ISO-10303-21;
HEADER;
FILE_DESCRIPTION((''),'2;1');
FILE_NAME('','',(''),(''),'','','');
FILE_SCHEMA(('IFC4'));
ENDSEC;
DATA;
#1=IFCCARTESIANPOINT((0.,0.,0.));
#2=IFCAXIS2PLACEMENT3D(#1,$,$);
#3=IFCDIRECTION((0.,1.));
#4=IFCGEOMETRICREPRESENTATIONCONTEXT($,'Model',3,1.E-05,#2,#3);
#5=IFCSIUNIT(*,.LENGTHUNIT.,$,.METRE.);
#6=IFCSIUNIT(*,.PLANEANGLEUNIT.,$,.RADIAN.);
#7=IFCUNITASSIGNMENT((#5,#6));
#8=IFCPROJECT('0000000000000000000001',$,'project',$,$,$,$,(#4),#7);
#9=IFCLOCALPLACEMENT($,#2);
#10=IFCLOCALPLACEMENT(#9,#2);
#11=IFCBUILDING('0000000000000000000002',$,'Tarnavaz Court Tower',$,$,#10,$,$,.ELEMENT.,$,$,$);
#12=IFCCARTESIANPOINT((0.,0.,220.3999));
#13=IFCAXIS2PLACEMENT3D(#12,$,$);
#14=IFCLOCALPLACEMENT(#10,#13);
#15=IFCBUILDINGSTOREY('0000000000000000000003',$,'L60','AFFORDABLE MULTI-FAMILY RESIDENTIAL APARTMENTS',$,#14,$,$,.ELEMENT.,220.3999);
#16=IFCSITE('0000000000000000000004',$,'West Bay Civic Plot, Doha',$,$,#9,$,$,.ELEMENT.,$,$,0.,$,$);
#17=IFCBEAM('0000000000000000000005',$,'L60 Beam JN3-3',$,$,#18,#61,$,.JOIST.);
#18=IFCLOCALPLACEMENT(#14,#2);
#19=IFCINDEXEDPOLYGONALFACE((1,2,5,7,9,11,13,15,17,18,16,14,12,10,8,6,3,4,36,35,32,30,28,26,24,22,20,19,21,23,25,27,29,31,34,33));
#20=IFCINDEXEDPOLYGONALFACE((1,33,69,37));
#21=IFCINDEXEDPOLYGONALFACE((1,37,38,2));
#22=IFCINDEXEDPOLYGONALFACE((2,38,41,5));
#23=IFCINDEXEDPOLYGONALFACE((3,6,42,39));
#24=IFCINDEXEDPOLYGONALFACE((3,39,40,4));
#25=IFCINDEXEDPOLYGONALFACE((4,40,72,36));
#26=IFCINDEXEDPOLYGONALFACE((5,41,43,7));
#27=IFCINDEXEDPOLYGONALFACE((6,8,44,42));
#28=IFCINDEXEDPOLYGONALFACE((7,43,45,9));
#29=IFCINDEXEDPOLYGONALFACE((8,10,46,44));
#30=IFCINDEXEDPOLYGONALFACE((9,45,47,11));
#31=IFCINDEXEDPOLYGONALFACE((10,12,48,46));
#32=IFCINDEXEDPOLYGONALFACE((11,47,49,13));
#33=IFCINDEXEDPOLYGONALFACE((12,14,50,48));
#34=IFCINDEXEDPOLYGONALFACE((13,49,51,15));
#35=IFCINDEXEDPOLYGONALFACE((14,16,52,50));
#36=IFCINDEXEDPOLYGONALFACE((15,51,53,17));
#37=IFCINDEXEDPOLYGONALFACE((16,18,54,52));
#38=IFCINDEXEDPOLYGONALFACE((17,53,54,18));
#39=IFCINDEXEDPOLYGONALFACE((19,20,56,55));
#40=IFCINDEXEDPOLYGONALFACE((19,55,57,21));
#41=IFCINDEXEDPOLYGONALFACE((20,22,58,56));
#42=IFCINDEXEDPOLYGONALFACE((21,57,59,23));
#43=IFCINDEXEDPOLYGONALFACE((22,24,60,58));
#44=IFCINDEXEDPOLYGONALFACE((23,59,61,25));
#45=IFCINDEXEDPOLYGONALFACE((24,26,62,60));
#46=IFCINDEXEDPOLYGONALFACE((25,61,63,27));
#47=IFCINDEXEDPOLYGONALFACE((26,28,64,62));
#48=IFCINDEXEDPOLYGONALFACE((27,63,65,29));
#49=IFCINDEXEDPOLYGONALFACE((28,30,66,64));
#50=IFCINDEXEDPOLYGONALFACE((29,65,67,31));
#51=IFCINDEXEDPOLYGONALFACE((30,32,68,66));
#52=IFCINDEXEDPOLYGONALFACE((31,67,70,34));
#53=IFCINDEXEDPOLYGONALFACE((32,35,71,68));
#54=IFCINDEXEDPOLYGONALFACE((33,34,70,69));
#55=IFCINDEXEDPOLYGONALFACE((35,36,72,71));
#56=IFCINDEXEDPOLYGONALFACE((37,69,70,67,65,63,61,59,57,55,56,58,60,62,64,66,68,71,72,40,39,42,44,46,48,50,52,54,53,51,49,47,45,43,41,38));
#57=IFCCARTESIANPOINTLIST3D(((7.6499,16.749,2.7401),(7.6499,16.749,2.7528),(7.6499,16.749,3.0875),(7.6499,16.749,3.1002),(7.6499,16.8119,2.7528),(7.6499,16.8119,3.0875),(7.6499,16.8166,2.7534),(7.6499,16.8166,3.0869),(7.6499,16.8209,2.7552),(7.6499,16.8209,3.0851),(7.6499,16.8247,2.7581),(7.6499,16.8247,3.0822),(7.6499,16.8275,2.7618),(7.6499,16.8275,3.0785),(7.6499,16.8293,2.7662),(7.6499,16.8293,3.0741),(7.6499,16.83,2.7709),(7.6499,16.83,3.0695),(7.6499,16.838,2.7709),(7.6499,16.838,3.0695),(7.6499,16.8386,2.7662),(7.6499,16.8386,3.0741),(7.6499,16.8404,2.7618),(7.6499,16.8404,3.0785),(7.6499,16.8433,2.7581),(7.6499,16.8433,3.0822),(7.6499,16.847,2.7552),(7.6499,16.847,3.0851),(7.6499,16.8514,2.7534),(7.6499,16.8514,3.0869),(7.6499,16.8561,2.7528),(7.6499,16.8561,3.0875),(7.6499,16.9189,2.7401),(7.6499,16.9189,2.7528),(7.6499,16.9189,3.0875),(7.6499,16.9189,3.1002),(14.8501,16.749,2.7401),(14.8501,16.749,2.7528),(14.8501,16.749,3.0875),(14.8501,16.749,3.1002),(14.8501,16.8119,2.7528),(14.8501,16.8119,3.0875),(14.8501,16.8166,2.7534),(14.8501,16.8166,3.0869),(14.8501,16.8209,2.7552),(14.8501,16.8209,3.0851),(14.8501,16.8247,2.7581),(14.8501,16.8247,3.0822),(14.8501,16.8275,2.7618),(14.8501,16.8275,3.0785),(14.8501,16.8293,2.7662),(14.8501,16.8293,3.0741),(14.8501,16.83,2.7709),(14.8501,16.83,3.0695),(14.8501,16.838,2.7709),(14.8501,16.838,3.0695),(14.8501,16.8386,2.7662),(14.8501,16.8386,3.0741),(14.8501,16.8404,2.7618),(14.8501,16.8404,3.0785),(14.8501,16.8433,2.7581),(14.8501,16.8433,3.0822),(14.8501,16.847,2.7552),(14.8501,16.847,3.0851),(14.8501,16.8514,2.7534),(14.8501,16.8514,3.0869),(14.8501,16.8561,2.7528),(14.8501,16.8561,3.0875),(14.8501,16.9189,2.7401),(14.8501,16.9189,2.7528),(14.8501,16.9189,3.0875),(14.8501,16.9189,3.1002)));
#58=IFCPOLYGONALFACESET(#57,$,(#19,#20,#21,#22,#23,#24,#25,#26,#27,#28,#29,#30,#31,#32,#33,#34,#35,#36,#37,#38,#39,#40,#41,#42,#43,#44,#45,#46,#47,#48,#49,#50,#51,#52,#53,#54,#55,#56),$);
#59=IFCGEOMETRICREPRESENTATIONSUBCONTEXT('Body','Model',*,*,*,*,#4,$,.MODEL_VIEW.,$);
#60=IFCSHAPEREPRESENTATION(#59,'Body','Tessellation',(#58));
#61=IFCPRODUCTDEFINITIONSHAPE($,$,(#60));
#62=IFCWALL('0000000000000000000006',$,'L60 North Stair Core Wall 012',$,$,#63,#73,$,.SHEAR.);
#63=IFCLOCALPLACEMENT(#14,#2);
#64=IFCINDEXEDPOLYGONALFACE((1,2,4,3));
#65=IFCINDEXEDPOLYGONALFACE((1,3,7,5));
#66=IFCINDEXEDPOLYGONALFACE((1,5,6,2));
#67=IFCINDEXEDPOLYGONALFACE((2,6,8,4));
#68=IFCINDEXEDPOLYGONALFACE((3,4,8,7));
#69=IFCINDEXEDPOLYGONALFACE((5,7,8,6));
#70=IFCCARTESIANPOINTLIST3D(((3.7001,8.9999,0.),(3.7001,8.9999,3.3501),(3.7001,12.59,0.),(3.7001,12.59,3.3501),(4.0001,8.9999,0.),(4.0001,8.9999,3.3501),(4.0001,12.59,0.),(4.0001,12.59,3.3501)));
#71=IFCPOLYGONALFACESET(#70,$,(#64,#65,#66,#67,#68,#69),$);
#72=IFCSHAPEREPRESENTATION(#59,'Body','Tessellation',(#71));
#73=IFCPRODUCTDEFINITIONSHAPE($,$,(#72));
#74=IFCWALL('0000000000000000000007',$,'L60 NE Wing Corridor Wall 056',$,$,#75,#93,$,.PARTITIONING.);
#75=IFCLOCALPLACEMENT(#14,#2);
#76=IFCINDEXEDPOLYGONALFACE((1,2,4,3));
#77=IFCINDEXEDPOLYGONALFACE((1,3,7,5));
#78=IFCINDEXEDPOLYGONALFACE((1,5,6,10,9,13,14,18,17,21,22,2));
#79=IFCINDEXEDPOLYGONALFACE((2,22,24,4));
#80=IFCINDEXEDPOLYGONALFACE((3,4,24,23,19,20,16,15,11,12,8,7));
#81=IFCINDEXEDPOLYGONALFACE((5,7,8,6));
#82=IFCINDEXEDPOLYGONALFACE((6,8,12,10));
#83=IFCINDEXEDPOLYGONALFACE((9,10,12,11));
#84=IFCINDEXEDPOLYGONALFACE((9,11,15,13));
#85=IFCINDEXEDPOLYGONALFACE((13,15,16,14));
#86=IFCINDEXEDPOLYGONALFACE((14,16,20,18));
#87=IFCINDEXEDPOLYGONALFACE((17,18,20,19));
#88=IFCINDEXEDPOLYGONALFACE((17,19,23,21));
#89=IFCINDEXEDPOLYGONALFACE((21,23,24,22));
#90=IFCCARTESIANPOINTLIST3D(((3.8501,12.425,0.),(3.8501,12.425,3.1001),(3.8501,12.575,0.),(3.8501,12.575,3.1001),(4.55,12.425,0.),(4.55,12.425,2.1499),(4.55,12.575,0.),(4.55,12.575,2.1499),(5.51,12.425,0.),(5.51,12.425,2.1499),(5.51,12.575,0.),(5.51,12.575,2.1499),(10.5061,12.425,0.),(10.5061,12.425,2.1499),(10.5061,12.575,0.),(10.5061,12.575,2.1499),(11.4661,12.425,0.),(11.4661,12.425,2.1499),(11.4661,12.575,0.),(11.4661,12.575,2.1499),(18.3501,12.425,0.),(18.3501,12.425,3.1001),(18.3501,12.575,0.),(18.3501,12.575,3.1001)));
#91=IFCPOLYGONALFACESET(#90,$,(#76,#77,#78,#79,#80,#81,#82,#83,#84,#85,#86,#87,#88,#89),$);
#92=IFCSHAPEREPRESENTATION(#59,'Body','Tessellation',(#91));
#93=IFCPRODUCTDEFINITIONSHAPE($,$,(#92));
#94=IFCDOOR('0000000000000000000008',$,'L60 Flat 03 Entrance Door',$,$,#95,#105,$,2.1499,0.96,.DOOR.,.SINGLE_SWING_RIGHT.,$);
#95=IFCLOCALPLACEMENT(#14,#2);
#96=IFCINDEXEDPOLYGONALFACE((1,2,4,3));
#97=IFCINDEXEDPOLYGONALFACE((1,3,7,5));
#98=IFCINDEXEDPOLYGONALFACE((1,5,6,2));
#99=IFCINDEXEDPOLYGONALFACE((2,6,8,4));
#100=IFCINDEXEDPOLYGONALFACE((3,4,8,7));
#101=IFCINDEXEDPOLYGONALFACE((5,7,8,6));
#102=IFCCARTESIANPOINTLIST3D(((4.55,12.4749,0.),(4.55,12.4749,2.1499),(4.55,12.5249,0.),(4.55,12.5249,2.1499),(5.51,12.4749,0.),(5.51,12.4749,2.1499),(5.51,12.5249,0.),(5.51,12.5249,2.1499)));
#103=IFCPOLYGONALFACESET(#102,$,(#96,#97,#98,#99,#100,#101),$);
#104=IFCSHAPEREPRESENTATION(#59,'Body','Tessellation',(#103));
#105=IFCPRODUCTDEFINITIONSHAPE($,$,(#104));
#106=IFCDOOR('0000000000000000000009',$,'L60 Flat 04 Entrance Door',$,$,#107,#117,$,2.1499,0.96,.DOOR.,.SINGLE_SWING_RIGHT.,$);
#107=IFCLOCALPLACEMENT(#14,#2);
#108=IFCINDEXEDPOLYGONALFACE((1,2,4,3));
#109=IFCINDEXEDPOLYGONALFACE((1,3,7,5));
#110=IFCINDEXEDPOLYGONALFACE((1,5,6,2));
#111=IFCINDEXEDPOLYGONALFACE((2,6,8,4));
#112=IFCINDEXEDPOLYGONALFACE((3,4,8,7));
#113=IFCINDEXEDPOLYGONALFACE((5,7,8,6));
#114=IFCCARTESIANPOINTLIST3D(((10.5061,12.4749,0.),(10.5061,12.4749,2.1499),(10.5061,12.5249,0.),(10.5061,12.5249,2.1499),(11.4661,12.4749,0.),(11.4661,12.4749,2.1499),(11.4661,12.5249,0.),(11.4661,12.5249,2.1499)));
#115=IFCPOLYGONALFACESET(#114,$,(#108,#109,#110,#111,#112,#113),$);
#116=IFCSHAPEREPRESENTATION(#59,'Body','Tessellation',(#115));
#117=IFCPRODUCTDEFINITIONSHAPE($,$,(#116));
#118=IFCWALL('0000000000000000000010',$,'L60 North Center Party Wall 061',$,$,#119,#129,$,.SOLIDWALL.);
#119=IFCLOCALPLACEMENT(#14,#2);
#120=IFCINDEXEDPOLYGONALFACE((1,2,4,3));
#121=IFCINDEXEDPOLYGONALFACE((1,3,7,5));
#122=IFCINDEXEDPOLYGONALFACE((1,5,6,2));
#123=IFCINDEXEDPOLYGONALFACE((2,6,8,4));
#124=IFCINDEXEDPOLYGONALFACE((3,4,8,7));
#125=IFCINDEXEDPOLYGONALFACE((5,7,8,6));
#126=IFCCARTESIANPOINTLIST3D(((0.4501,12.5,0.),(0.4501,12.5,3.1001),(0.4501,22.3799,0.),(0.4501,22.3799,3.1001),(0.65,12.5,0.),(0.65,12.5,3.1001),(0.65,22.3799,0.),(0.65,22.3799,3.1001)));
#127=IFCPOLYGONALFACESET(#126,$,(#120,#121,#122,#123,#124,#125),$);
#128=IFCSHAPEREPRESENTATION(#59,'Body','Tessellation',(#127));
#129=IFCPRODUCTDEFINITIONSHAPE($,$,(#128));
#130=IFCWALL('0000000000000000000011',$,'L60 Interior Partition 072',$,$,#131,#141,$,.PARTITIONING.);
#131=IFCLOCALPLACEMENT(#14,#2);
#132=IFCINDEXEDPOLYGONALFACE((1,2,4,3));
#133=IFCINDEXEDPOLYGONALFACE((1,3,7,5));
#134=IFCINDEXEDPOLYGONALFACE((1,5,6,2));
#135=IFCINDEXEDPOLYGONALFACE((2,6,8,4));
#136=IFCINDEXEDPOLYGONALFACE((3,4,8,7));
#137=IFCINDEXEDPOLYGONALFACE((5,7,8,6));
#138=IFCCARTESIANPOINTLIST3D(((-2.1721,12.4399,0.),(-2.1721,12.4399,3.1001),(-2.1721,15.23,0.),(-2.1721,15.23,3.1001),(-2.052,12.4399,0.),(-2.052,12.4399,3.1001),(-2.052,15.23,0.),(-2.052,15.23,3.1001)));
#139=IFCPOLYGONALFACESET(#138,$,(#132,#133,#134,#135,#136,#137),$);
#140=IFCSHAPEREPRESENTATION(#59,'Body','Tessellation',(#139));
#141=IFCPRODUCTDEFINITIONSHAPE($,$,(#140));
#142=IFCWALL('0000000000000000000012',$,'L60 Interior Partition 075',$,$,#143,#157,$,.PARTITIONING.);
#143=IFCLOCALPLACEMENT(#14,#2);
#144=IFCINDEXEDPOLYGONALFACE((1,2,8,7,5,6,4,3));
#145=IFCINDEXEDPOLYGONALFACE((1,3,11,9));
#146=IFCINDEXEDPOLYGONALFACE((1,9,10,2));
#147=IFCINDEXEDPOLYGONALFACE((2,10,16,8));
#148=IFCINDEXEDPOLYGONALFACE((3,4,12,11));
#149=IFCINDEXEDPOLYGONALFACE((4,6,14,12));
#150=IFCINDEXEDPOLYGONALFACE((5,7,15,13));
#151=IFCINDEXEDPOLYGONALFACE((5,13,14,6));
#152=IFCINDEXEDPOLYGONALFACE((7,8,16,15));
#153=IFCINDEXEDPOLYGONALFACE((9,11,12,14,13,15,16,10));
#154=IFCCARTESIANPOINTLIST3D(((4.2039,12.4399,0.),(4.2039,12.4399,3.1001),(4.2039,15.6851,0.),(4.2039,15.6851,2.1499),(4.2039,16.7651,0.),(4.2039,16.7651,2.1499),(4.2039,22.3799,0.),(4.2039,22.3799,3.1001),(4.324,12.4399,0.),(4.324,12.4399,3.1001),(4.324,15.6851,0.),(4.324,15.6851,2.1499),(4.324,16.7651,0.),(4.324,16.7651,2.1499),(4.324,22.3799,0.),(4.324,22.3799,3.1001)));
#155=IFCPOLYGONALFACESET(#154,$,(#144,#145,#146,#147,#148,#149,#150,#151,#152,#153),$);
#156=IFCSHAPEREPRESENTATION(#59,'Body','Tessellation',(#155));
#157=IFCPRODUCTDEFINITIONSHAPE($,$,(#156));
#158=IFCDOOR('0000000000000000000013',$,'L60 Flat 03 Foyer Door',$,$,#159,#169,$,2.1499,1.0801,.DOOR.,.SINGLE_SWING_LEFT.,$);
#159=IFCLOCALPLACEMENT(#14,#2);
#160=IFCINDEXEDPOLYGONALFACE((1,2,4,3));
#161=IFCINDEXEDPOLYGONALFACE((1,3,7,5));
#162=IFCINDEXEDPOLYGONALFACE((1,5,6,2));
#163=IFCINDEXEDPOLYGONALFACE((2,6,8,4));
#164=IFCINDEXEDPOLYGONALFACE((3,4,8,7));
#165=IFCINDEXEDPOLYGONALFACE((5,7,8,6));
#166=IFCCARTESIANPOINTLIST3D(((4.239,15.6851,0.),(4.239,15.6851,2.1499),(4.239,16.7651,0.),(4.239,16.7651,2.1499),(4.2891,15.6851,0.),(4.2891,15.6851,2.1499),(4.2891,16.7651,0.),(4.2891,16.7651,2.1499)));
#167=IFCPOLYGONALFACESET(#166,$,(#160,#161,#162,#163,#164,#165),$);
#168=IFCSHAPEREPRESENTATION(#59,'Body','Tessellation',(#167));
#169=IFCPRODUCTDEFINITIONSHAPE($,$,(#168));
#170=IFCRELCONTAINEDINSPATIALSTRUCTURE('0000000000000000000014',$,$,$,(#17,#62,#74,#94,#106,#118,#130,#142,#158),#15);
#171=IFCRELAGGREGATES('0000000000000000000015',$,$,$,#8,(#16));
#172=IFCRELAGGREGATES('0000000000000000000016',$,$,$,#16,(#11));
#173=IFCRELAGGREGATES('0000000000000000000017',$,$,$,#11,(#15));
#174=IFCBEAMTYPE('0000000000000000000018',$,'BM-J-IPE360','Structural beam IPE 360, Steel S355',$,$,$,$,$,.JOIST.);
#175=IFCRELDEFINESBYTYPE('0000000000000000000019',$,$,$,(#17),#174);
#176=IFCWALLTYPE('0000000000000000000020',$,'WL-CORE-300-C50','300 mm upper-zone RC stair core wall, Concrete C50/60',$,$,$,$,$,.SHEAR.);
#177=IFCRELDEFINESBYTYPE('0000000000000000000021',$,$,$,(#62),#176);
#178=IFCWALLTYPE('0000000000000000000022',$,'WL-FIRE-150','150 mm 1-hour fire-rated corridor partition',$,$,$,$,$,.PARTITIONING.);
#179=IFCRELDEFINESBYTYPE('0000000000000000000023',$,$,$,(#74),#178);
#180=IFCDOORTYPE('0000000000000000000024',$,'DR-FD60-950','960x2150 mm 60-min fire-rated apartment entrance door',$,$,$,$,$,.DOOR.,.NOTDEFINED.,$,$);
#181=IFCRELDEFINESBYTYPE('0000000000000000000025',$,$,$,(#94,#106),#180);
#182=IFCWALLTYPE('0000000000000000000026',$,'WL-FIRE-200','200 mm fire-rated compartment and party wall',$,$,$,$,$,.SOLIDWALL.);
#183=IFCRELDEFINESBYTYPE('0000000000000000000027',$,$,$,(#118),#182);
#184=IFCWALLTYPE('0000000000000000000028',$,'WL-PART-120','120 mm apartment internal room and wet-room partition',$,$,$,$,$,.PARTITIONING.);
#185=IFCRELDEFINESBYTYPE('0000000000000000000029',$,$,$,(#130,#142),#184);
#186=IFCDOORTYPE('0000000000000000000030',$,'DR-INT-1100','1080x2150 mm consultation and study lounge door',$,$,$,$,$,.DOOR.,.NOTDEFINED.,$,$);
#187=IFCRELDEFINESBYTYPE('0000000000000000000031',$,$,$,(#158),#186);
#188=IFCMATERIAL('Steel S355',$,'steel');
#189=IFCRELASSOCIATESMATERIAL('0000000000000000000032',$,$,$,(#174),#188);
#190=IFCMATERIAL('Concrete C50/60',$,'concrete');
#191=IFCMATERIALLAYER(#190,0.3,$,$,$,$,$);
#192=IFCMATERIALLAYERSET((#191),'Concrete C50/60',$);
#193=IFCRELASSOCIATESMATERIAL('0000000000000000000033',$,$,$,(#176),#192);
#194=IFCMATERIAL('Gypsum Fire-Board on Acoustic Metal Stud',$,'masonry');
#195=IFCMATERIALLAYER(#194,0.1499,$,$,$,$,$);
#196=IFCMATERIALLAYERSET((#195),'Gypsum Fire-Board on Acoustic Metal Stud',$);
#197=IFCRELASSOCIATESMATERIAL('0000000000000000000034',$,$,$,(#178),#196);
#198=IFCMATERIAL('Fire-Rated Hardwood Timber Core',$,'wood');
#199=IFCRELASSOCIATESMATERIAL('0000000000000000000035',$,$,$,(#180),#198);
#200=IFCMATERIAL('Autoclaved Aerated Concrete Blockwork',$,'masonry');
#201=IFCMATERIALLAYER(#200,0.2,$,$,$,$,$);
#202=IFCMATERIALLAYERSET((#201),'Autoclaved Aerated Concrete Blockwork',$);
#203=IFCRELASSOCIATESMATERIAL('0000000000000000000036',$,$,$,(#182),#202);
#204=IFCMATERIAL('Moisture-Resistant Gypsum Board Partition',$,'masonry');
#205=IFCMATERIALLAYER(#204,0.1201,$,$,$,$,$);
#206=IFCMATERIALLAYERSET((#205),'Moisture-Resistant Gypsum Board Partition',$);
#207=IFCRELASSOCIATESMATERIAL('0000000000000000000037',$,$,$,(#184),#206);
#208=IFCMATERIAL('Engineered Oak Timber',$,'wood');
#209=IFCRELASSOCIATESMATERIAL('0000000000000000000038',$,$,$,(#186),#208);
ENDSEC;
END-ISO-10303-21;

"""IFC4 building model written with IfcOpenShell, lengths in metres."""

from ifc_helpers import new_model, si_unit, direction, frame, frame_2d, origin, origin_2d, place, context, subcontext, project, spatial, rectangle, i_section, extrude, material, layer, layer_set, material_profile, profile_set, type_object, element, fill, save


model = new_model("IFC4")

# Units and contexts
model_context = context("Model", 3, precision=1e-05, world=origin(), true_north=direction((0.0, 1.0)))
body_context = subcontext(model_context, "Body", "Model", "MODEL_VIEW")
ifc_project = project(units=[si_unit("LENGTHUNIT", "METRE"), si_unit("PLANEANGLEUNIT", "RADIAN")], contexts=[model_context])

# Site, building, storey
site_placement = place(None, origin())
site = spatial("IfcSite", under=ifc_project, at=site_placement, Name="West Bay Civic Plot, Doha", CompositionType="ELEMENT", RefElevation=0.0)
building_placement = place(site_placement, origin())
building = spatial("IfcBuilding", under=site, at=building_placement, Name="Tarnavaz Court Tower", CompositionType="ELEMENT")
storey_placement = place(building_placement, frame((0.0, 0.0, 220.3999)))
storey = spatial("IfcBuildingStorey", under=building, at=storey_placement, Name="L60", Description="AFFORDABLE MULTI-FAMILY RESIDENTIAL APARTMENTS", CompositionType="ELEMENT", Elevation=220.3999)

# Shared definitions
ifc_material_1 = material(Name="Concrete C50/60", Category="concrete")

# Beam
ifc_material_2 = material(Name="Steel S355", Category="steel")
ifc_material_profile_1 = material_profile(ifc_material_2, i_section(OverallWidth=0.1699, OverallDepth=0.3601, WebThickness=0.0081, FlangeThickness=0.0127, FilletRadius=0.0181, at=origin_2d()), Name="IPE 360")
ifc_profile_set_1 = profile_set([ifc_material_profile_1], Name="Steel S355")
beam_type_1 = type_object("IfcBeamType", Name="BM-J-IPE360", Description="Structural beam IPE 360, Steel S355", PredefinedType="JOIST", material=ifc_profile_set_1)
for number, where, z_axis, x_axis, name in (
    (1, (7.6499, 16.834, 2.9202), (1.0, 0.0, 0.0), (0.0, 1.0, 0.0), "L60 Beam JN3-3"),
):
    element("IfcBeam", number, at=place(storey_placement, frame(where, z_axis=z_axis, x_axis=x_axis)), inside=storey, type_object=beam_type_1, Name=name, PredefinedType="JOIST", context=body_context, shape_type="SweptSolid", body=[
        extrude(i_section(OverallWidth=0.1699, OverallDepth=0.3601, WebThickness=0.0081, FlangeThickness=0.0127, FilletRadius=0.0181, at=origin_2d()), origin(), (0.0, 0.0, 1.0), 7.2002),
    ])

# Wall
ifc_layer_1 = layer(ifc_material_1, 0.3)
ifc_layer_set_1 = layer_set([ifc_layer_1], Name="Concrete C50/60")
wall_type_1 = type_object("IfcWallType", Name="WL-CORE-300-C50", Description="300 mm upper-zone RC stair core wall, Concrete C50/60", PredefinedType="SHEAR", material=ifc_layer_set_1)
wall_1_placement = place(storey_placement, frame((3.8501, 9.0, 0.0), z_axis=(0.0, 0.0, 1.0), x_axis=(0.0, 1.0, 0.0)))
element("IfcWall", 2, at=wall_1_placement, inside=storey, type_object=wall_type_1, Name="L60 North Stair Core Wall 012", PredefinedType="SHEAR", context=body_context, shape_type="SweptSolid", body=[
    extrude(rectangle(XDim=3.5901, YDim=0.3, at=frame_2d((1.7949, 0.0))), origin(), (0.0, 0.0, 1.0), 3.3501),
])

# Wall, openings, doors
ifc_material_3 = material(Name="Gypsum Fire-Board on Acoustic Metal Stud", Category="masonry")
ifc_layer_2 = layer(ifc_material_3, 0.1499)
ifc_layer_set_2 = layer_set([ifc_layer_2], Name="Gypsum Fire-Board on Acoustic Metal Stud")
wall_type_2 = type_object("IfcWallType", Name="WL-FIRE-150", Description="150 mm 1-hour fire-rated corridor partition", PredefinedType="PARTITIONING", material=ifc_layer_set_2)
wall_2_placement = place(storey_placement, frame((3.8501, 12.5, 0.0), z_axis=(0.0, 0.0, 1.0), x_axis=(1.0, 0.0, 0.0)))
wall_2 = element("IfcWall", 3, at=wall_2_placement, inside=storey, type_object=wall_type_2, Name="L60 NE Wing Corridor Wall 056", PredefinedType="PARTITIONING", context=body_context, shape_type="SweptSolid", body=[
    extrude(rectangle(XDim=14.5, YDim=0.1499, at=frame_2d((7.25, 0.0))), origin(), (0.0, 0.0, 1.0), 3.1001),
])
opening_1_placement = place(wall_2_placement, frame((0.7, 0.0, 0.0)))
opening_1 = element("IfcOpeningElement", 4, at=opening_1_placement, cuts=wall_2, PredefinedType="OPENING", context=body_context, shape_type="SweptSolid", body=[
    extrude(rectangle(XDim=0.96, YDim=2.1499, at=frame_2d((0.48, 1.075))), frame((0.0, 0.085, 0.0), z_axis=(0.0, -1.0, 0.0), x_axis=(1.0, 0.0, 0.0)), (0.0, 0.0, 1.0), 0.1699),
])
opening_2_placement = place(wall_2_placement, frame((6.656, 0.0, 0.0)))
opening_2 = element("IfcOpeningElement", 5, at=opening_2_placement, cuts=wall_2, PredefinedType="OPENING", context=body_context, shape_type="SweptSolid", body=[
    extrude(rectangle(XDim=0.96, YDim=2.1499, at=frame_2d((0.48, 1.075))), frame((0.0, 0.085, 0.0), z_axis=(0.0, -1.0, 0.0), x_axis=(1.0, 0.0, 0.0)), (0.0, 0.0, 1.0), 0.1699),
])
ifc_material_4 = material(Name="Fire-Rated Hardwood Timber Core", Category="wood")
door_type_1 = type_object("IfcDoorType", Name="DR-FD60-950", Description="960x2150 mm 60-min fire-rated apartment entrance door", OperationType="NOTDEFINED", PredefinedType="DOOR", material=ifc_material_4)
door_1_placement = place(opening_1_placement, origin())
door_1 = element("IfcDoor", 6, at=door_1_placement, inside=storey, type_object=door_type_1, Name="L60 Flat 03 Entrance Door", OperationType="SINGLE_SWING_RIGHT", OverallHeight=2.1499, OverallWidth=0.96, PredefinedType="DOOR", context=body_context, shape_type="SweptSolid", body=[
    extrude(rectangle(XDim=0.96, YDim=2.1499, at=frame_2d((0.48, 1.075))), frame((0.0, 0.0249, 0.0), z_axis=(0.0, -1.0, 0.0), x_axis=(1.0, 0.0, 0.0)), (0.0, 0.0, 1.0), 0.05),
])
fill(opening_1, door_1)
door_2_placement = place(opening_2_placement, origin())
door_2 = element("IfcDoor", 7, at=door_2_placement, inside=storey, type_object=door_type_1, Name="L60 Flat 04 Entrance Door", OperationType="SINGLE_SWING_RIGHT", OverallHeight=2.1499, OverallWidth=0.96, PredefinedType="DOOR", context=body_context, shape_type="SweptSolid", body=[
    extrude(rectangle(XDim=0.96, YDim=2.1499, at=frame_2d((0.48, 1.075))), frame((0.0, 0.0249, 0.0), z_axis=(0.0, -1.0, 0.0), x_axis=(1.0, 0.0, 0.0)), (0.0, 0.0, 1.0), 0.05),
])
fill(opening_2, door_2)

# Walls
ifc_material_5 = material(Name="Autoclaved Aerated Concrete Blockwork", Category="masonry")
ifc_layer_3 = layer(ifc_material_5, 0.2)
ifc_layer_set_3 = layer_set([ifc_layer_3], Name="Autoclaved Aerated Concrete Blockwork")
wall_type_3 = type_object("IfcWallType", Name="WL-FIRE-200", Description="200 mm fire-rated compartment and party wall", PredefinedType="SOLIDWALL", material=ifc_layer_set_3)
wall_3_placement = place(storey_placement, frame((0.55, 12.5, 0.0), z_axis=(0.0, 0.0, 1.0), x_axis=(0.0, 1.0, 0.0)))
element("IfcWall", 8, at=wall_3_placement, inside=storey, type_object=wall_type_3, Name="L60 North Center Party Wall 061", PredefinedType="SOLIDWALL", context=body_context, shape_type="SweptSolid", body=[
    extrude(rectangle(XDim=9.8799, YDim=0.2, at=frame_2d((4.9399, 0.0))), origin(), (0.0, 0.0, 1.0), 3.1001),
])
ifc_material_6 = material(Name="Moisture-Resistant Gypsum Board Partition", Category="masonry")
ifc_layer_4 = layer(ifc_material_6, 0.1201)
ifc_layer_set_4 = layer_set([ifc_layer_4], Name="Moisture-Resistant Gypsum Board Partition")
wall_type_4 = type_object("IfcWallType", Name="WL-PART-120", Description="120 mm apartment internal room and wet-room partition", PredefinedType="PARTITIONING", material=ifc_layer_set_4)
wall_4_placement = place(storey_placement, frame((-2.1121, 12.4399, 0.0), z_axis=(0.0, 0.0, 1.0), x_axis=(0.0, 1.0, 0.0)))
element("IfcWall", 9, at=wall_4_placement, inside=storey, type_object=wall_type_4, Name="L60 Interior Partition 072", PredefinedType="PARTITIONING", context=body_context, shape_type="SweptSolid", body=[
    extrude(rectangle(XDim=2.79, YDim=0.1201, at=frame_2d((1.395, 0.0))), origin(), (0.0, 0.0, 1.0), 3.1001),
])

# Wall, opening, door
wall_5_placement = place(storey_placement, frame((4.2639, 12.4399, 0.0), z_axis=(0.0, 0.0, 1.0), x_axis=(0.0, 1.0, 0.0)))
wall_5 = element("IfcWall", 10, at=wall_5_placement, inside=storey, type_object=wall_type_4, Name="L60 Interior Partition 075", PredefinedType="PARTITIONING", context=body_context, shape_type="SweptSolid", body=[
    extrude(rectangle(XDim=9.9399, YDim=0.1201, at=frame_2d((4.97, 0.0))), origin(), (0.0, 0.0, 1.0), 3.1001),
])
opening_3_placement = place(wall_5_placement, frame((3.2451, 0.0, 0.0)))
opening_3 = element("IfcOpeningElement", 11, at=opening_3_placement, cuts=wall_5, PredefinedType="OPENING", context=body_context, shape_type="SweptSolid", body=[
    extrude(rectangle(XDim=1.0801, YDim=2.1499, at=frame_2d((0.54, 1.075))), frame((0.0, 0.0701, 0.0), z_axis=(0.0, -1.0, 0.0), x_axis=(1.0, 0.0, 0.0)), (0.0, 0.0, 1.0), 0.1401),
])
ifc_material_7 = material(Name="Engineered Oak Timber", Category="wood")
door_type_2 = type_object("IfcDoorType", Name="DR-INT-1100", Description="1080x2150 mm consultation and study lounge door", OperationType="NOTDEFINED", PredefinedType="DOOR", material=ifc_material_7)
door_3_placement = place(opening_3_placement, origin())
door_3 = element("IfcDoor", 12, at=door_3_placement, inside=storey, type_object=door_type_2, Name="L60 Flat 03 Foyer Door", OperationType="SINGLE_SWING_LEFT", OverallHeight=2.1499, OverallWidth=1.0801, PredefinedType="DOOR", context=body_context, shape_type="SweptSolid", body=[
    extrude(rectangle(XDim=1.0801, YDim=2.1499, at=frame_2d((0.54, 1.075))), frame((0.0, 0.0249, 0.0), z_axis=(0.0, -1.0, 0.0), x_axis=(1.0, 0.0, 0.0)), (0.0, 0.0, 1.0), 0.05),
])
fill(opening_3, door_3)

save(model, "model.ifc")
